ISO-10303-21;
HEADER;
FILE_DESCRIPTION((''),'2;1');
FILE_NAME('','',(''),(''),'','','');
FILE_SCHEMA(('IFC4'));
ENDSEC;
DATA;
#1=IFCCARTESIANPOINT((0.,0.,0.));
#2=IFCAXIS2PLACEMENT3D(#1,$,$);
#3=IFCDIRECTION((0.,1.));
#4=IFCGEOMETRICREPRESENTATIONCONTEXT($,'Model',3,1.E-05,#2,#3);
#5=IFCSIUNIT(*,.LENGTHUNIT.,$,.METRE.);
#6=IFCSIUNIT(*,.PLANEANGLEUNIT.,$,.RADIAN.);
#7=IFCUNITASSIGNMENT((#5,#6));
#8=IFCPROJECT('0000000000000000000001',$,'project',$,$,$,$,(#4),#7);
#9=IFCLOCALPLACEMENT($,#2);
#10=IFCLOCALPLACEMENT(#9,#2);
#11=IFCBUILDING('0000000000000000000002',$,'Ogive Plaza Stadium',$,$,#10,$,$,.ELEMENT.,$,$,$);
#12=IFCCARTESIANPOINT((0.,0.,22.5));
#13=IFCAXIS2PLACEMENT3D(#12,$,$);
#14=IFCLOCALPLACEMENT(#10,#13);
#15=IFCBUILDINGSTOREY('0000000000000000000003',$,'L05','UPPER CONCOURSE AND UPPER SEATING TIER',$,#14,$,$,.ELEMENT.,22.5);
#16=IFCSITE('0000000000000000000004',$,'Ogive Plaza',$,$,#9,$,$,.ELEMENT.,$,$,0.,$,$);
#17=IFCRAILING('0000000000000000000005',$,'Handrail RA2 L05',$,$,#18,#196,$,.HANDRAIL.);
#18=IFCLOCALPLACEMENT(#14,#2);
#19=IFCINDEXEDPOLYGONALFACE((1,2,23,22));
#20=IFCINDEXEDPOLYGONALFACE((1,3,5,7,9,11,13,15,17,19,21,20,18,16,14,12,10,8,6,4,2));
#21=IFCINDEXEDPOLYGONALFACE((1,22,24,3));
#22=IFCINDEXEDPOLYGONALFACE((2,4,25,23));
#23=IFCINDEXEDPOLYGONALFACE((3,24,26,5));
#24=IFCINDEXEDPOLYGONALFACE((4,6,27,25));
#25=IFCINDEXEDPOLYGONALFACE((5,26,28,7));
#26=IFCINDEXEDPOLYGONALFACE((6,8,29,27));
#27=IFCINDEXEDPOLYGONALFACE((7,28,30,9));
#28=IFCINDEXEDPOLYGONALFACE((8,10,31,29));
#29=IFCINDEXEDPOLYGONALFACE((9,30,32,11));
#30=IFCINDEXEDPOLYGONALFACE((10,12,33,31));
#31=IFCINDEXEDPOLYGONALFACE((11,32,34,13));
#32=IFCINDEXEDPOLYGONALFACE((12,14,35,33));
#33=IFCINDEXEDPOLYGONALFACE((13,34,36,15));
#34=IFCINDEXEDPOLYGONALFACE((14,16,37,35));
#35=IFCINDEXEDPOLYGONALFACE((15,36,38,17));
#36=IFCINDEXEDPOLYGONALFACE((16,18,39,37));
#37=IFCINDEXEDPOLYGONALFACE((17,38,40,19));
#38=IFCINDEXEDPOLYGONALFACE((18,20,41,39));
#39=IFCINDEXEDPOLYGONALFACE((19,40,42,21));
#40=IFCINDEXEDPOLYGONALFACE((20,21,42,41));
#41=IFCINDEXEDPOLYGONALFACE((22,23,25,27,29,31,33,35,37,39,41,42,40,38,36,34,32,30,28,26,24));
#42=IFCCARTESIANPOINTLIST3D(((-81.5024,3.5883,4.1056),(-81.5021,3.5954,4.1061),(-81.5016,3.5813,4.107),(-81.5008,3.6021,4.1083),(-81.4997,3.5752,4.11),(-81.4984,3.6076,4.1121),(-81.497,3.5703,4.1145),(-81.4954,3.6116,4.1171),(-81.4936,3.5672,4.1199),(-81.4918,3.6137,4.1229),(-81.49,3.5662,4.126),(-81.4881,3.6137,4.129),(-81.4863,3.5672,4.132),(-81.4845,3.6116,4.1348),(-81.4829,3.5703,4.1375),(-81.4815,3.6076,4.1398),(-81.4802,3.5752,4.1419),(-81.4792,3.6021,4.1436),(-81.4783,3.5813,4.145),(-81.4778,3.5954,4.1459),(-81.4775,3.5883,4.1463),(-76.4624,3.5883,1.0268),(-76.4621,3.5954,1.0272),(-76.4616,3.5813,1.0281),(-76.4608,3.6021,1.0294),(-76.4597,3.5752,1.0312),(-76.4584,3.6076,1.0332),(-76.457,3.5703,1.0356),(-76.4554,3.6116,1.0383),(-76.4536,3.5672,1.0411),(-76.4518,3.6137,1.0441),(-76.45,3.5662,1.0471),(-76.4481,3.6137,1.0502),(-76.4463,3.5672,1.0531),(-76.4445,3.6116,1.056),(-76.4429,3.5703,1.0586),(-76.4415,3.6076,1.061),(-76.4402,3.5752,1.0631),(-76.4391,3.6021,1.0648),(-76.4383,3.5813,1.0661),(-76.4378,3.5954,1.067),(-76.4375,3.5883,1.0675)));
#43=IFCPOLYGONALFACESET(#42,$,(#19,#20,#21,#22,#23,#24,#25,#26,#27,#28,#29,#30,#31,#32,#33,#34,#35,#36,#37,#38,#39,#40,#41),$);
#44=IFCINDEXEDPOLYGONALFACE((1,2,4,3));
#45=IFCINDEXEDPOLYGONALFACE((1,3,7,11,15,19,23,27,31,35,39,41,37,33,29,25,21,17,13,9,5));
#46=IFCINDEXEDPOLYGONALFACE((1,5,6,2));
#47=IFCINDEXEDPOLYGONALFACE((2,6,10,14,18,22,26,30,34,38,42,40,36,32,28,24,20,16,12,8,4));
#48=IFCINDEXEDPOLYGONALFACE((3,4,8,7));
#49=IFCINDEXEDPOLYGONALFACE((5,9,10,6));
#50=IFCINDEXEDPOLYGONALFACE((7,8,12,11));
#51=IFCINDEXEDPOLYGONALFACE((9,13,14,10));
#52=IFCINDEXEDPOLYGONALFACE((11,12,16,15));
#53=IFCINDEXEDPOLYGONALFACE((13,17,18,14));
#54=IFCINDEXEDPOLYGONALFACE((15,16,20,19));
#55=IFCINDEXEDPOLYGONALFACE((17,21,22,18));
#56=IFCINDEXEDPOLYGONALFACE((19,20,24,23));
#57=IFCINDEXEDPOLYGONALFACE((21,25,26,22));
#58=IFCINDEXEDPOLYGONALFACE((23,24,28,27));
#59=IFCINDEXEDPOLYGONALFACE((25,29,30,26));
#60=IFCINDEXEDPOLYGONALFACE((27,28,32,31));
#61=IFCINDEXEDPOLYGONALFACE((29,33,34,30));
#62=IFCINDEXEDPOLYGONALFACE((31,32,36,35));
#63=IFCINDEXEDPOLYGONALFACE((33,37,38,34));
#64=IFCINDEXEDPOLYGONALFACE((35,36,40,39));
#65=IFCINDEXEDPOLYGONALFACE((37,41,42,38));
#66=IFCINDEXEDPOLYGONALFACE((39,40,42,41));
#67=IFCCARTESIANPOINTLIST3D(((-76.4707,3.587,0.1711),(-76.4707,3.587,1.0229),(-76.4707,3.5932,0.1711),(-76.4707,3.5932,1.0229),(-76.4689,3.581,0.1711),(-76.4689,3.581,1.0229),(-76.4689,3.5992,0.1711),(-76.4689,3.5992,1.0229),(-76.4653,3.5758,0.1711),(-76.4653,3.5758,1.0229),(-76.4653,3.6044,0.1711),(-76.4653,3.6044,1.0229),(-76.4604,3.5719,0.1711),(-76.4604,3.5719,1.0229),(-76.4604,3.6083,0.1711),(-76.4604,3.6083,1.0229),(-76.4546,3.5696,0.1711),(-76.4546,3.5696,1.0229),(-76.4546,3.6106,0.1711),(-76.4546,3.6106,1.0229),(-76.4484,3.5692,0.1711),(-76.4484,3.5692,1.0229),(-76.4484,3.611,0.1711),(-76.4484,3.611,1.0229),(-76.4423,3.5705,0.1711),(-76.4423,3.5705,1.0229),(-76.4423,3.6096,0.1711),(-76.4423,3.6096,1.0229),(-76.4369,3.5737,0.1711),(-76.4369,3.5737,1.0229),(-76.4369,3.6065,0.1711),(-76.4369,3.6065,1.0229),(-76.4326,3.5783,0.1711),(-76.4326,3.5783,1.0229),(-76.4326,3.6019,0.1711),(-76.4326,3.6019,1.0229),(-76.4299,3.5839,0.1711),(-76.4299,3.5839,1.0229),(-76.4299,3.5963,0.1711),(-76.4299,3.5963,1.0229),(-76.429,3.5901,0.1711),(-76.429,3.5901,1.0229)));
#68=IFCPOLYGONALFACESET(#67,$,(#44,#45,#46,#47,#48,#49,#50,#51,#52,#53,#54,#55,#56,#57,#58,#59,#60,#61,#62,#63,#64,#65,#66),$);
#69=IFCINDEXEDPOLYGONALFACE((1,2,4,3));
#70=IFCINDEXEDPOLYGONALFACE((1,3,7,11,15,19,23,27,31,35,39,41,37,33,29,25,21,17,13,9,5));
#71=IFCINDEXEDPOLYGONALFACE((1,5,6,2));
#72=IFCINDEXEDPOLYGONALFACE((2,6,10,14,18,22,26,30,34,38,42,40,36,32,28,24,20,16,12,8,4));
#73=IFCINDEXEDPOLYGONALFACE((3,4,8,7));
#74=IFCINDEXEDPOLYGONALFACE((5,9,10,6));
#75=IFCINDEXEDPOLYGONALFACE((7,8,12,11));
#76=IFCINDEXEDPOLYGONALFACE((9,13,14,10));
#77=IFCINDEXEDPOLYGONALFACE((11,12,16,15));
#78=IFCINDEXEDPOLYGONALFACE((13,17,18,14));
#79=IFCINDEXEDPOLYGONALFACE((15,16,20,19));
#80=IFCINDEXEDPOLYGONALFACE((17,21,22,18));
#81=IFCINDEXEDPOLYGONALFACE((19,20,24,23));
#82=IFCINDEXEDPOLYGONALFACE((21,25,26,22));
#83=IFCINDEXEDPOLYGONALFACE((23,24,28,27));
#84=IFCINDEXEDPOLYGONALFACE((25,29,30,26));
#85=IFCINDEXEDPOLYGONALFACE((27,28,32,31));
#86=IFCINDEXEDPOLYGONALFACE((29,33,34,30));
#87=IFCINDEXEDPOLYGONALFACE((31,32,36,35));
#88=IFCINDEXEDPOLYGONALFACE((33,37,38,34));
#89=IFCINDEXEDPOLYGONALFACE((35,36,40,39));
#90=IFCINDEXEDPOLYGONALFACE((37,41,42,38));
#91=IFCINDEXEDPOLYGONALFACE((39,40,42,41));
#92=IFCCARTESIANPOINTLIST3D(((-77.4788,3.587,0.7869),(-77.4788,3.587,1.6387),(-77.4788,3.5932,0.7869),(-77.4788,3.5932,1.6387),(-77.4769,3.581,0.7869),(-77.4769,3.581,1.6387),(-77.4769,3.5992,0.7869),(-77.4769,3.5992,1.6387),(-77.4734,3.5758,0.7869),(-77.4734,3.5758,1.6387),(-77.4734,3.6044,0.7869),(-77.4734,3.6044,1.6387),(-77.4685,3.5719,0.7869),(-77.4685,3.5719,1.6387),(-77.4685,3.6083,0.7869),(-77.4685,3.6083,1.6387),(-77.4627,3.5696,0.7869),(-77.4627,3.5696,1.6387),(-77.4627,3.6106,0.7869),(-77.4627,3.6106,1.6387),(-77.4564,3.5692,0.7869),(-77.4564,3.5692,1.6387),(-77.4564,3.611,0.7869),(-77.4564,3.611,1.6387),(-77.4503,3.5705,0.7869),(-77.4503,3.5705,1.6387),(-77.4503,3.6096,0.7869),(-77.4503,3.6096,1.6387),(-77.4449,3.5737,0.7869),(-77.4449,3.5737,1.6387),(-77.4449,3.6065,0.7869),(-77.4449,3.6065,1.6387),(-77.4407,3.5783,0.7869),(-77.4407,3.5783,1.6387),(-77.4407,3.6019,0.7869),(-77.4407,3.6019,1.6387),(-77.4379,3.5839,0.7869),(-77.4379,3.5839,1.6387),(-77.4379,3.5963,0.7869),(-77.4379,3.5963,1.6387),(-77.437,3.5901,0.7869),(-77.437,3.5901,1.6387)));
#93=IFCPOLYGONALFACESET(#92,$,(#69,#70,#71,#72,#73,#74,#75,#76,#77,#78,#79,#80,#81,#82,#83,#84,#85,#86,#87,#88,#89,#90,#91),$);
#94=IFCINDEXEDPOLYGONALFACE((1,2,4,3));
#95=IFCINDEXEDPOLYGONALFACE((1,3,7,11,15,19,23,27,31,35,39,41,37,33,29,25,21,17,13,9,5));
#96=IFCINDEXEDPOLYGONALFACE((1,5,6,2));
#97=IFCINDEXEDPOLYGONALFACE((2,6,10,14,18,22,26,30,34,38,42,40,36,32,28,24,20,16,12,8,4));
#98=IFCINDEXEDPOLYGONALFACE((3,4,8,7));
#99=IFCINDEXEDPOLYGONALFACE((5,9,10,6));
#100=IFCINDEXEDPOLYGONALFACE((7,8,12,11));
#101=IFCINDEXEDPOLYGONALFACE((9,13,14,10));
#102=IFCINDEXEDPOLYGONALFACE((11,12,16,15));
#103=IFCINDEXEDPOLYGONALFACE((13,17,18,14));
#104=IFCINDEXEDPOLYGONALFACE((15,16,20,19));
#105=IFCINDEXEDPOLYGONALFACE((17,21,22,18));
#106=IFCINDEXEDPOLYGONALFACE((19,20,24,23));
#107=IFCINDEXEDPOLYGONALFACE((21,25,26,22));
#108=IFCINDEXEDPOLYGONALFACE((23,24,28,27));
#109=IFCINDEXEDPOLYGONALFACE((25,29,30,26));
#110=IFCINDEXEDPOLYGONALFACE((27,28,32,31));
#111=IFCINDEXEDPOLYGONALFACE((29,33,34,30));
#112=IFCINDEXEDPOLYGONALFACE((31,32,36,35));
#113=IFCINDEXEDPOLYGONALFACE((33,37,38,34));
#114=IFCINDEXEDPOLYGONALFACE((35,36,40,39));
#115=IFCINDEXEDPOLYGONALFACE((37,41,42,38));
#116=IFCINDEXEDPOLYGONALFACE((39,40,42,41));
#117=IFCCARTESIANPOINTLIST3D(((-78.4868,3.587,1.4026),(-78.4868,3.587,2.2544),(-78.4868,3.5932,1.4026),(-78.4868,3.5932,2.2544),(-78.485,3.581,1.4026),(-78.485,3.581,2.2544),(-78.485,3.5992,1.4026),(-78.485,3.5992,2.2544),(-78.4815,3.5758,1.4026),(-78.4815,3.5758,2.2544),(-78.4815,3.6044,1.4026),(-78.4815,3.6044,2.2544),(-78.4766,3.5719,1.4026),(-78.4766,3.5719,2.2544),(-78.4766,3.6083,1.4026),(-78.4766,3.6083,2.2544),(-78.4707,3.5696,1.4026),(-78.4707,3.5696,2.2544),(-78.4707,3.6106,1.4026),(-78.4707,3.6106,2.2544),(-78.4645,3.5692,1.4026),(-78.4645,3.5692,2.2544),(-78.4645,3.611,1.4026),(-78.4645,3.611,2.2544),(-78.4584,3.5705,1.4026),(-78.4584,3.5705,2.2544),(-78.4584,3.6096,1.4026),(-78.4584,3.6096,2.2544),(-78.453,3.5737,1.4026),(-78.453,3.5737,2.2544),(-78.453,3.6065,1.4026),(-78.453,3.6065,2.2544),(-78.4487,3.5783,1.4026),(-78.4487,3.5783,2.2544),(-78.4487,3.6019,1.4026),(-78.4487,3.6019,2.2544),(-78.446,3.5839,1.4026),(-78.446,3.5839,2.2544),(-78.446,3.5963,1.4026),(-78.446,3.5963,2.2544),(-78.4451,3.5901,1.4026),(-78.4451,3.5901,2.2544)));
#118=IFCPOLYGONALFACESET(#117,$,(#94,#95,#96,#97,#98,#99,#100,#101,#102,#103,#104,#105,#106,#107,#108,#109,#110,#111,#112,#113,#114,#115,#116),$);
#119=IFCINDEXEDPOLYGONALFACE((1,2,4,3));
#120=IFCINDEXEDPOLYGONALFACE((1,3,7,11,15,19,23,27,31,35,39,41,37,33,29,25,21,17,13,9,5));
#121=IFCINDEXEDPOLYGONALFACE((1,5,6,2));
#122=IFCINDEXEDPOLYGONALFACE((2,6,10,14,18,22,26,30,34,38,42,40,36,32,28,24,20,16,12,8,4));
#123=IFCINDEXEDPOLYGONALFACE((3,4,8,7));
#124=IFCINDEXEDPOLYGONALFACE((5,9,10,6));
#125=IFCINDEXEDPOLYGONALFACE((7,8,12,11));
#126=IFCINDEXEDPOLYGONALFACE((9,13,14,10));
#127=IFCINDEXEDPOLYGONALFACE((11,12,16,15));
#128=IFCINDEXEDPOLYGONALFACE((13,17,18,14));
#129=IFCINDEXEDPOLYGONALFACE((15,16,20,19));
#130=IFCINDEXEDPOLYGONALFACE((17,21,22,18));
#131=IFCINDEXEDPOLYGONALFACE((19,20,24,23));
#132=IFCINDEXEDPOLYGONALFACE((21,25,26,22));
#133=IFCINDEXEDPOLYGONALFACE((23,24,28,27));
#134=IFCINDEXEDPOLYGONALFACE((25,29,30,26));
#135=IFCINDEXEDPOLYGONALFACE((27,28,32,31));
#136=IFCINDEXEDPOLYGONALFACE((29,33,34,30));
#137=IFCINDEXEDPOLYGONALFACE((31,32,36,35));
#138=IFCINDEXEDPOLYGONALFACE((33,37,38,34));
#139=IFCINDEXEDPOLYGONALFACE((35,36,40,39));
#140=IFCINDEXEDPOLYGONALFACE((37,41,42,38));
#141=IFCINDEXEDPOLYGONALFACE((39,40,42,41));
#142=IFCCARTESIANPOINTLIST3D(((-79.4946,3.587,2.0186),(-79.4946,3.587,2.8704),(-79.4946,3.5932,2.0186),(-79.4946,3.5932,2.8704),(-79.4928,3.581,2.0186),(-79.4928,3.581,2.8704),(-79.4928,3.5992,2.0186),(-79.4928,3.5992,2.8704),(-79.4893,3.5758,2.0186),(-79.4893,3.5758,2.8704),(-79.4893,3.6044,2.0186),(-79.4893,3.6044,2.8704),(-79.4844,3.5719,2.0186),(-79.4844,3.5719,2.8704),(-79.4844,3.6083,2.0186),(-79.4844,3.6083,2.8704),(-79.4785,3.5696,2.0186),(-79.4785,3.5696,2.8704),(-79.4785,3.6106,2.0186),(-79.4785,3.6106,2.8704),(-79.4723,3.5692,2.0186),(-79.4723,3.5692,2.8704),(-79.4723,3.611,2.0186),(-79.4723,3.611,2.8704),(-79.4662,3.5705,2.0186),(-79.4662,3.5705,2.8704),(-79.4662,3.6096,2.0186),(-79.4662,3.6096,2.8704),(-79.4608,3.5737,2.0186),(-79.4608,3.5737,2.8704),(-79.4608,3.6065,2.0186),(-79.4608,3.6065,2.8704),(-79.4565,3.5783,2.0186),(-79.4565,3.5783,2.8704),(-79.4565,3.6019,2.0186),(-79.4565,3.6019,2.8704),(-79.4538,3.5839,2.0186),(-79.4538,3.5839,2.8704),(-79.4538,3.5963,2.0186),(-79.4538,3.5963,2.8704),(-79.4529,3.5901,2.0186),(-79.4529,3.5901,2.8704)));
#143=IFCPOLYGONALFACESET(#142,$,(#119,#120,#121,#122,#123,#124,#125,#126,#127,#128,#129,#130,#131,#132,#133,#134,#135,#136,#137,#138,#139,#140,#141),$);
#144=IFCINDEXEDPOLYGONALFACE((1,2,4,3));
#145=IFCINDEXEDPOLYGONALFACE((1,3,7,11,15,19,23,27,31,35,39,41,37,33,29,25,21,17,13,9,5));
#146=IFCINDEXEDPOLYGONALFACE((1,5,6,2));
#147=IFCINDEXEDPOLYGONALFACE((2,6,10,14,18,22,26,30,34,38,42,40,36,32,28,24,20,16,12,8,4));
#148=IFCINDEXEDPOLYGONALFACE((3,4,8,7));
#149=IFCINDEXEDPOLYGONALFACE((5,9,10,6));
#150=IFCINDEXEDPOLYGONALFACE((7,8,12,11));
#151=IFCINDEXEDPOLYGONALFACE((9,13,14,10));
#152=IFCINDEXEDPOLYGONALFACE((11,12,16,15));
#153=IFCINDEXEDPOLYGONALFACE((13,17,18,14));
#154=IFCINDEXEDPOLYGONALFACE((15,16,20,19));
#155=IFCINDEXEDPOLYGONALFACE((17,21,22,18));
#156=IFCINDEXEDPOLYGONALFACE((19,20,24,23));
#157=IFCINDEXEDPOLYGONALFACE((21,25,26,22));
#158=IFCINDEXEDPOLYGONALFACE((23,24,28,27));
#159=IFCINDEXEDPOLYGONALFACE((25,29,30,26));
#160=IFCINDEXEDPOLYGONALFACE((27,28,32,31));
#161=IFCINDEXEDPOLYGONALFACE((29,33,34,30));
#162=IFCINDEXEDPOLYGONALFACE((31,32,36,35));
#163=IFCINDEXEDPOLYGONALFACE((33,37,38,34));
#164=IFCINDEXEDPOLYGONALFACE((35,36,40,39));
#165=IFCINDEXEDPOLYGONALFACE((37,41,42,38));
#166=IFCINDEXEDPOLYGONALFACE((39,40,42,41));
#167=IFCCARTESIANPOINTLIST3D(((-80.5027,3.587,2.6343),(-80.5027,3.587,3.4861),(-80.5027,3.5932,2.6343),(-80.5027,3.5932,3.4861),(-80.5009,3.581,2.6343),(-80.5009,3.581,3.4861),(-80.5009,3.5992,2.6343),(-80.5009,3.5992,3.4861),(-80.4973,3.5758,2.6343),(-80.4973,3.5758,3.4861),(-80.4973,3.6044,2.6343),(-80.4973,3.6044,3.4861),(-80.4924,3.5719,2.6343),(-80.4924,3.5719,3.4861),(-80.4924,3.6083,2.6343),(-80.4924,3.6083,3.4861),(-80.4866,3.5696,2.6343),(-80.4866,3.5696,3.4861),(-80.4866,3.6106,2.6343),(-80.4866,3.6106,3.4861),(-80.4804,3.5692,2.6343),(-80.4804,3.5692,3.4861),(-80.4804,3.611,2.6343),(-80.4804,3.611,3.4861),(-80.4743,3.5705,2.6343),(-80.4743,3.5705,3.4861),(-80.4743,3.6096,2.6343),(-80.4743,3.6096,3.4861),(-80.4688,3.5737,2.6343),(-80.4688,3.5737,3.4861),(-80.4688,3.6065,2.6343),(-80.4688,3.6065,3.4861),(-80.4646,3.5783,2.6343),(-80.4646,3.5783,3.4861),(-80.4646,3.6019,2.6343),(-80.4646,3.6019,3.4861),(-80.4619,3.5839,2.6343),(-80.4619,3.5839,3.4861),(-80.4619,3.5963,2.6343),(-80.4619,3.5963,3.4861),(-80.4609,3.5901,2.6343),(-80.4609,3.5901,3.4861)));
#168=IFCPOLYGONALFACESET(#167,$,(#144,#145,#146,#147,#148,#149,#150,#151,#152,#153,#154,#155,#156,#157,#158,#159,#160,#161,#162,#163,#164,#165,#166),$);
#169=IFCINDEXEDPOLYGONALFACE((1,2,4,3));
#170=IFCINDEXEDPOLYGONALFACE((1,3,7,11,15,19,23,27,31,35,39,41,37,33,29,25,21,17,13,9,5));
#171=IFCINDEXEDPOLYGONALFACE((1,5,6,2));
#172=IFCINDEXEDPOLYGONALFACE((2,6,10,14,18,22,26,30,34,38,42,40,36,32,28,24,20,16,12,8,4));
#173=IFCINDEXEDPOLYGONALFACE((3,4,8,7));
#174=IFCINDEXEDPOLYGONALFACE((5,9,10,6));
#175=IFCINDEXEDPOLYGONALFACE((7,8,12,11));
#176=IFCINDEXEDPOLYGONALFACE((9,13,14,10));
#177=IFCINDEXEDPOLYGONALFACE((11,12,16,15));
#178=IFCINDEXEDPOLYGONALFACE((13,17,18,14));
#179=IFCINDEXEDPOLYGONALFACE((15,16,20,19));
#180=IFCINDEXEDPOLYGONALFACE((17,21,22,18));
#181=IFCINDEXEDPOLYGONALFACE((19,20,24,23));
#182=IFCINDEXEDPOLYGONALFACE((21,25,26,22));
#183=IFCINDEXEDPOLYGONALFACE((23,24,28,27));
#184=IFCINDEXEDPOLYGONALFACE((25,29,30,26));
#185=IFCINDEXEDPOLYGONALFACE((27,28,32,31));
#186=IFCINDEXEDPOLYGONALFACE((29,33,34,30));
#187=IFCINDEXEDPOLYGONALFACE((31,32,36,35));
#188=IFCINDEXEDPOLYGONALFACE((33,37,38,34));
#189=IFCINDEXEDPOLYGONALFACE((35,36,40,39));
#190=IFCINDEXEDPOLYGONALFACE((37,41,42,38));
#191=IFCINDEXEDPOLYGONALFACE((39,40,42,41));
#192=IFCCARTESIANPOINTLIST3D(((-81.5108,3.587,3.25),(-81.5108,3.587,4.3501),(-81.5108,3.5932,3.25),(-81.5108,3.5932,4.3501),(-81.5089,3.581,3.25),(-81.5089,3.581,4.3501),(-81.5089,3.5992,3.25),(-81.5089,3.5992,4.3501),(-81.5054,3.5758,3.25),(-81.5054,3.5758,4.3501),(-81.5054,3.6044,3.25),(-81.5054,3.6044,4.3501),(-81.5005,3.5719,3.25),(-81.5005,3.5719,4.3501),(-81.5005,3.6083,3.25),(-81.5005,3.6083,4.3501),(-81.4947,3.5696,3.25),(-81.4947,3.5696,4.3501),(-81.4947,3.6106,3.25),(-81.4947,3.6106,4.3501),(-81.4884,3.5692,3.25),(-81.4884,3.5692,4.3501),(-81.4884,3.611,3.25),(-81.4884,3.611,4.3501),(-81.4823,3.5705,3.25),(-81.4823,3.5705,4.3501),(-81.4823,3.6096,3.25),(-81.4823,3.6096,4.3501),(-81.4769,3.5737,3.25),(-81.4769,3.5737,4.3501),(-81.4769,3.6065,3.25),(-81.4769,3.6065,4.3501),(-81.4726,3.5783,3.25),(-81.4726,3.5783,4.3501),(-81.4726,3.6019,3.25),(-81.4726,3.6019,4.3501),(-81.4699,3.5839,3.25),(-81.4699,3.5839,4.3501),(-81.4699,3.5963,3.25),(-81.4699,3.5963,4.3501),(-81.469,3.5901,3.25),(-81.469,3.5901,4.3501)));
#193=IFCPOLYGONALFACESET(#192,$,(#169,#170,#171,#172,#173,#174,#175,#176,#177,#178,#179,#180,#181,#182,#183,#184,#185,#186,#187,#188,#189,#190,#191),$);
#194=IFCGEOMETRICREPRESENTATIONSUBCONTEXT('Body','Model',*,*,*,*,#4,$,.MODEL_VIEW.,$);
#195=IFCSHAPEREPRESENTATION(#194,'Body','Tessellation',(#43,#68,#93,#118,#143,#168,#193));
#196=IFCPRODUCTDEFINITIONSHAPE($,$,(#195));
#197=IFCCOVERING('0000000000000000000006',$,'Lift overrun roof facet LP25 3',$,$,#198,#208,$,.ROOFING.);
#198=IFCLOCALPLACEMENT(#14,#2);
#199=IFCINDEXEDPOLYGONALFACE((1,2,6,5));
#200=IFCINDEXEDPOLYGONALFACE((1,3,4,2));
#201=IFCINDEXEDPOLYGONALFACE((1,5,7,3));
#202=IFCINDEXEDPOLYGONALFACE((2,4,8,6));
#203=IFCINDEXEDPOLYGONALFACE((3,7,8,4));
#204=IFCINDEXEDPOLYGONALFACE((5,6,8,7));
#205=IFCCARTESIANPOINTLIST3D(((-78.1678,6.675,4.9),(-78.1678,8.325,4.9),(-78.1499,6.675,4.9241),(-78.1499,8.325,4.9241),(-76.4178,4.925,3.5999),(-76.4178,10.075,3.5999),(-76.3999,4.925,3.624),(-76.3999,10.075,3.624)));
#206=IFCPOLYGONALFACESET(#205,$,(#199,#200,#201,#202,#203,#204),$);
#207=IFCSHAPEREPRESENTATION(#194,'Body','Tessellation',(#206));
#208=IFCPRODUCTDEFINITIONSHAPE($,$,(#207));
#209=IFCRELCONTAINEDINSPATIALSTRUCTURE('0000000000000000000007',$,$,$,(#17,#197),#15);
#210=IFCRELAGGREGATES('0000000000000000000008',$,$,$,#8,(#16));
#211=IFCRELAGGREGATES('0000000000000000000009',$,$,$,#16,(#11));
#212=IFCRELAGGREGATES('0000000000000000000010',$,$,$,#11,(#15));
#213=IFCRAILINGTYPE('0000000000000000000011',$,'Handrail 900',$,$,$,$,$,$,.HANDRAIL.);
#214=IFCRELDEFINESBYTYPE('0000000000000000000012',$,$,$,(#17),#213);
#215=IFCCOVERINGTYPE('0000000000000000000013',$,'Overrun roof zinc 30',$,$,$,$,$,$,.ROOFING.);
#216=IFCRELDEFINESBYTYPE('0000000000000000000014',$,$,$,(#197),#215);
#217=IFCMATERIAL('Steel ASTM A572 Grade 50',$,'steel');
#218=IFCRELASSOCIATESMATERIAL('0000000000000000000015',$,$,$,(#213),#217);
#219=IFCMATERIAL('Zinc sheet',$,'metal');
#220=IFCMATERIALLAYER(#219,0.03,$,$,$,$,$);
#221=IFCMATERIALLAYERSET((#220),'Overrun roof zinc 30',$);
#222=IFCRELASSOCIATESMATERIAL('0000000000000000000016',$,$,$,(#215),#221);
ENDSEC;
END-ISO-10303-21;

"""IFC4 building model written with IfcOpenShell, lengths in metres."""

from ifc_helpers import new_model, si_unit, direction, frame, origin, origin_2d, place, context, subcontext, project, spatial, polyline, circle, outline, extrude, material, layer, layer_set, type_object, element, save


model = new_model("IFC4")

# Units and contexts
model_context = context("Model", 3, precision=1e-05, world=origin(), true_north=direction((0.0, 1.0)))
body_context = subcontext(model_context, "Body", "Model", "MODEL_VIEW")
ifc_project = project(units=[si_unit("LENGTHUNIT", "METRE"), si_unit("PLANEANGLEUNIT", "RADIAN")], contexts=[model_context])

# Site, building, storey
site_placement = place(None, origin())
site = spatial("IfcSite", under=ifc_project, at=site_placement, Name="Ogive Plaza", CompositionType="ELEMENT", RefElevation=0.0)
building_placement = place(site_placement, origin())
building = spatial("IfcBuilding", under=site, at=building_placement, Name="Ogive Plaza Stadium", CompositionType="ELEMENT")
storey_placement = place(building_placement, frame((0.0, 0.0, 22.5)))
storey = spatial("IfcBuildingStorey", under=building, at=storey_placement, Name="L05", Description="UPPER CONCOURSE AND UPPER SEATING TIER", CompositionType="ELEMENT", Elevation=22.5)

# Railing
ifc_material_1 = material(Name="Steel ASTM A572 Grade 50", Category="steel")
railing_type_1 = type_object("IfcRailingType", Name="Handrail 900", PredefinedType="HANDRAIL", material=ifc_material_1)
for number, where, name in (
    (1, (-76.45, 3.5901, 0.1711), "Handrail RA2 L05"),
):
    element("IfcRailing", number, at=place(storey_placement, frame(where)), inside=storey, type_object=railing_type_1, Name=name, PredefinedType="HANDRAIL", context=body_context, shape_type="SweptSolid", body=[
        extrude(circle(Radius=0.0239, at=origin_2d()), frame((0.0, 0.0, 0.876), z_axis=(-0.85337, 0.0, 0.521306), x_axis=(0.0, -1.0, 0.0)), (0.0, 0.0, 1.0), 5.906),
        extrude(circle(Radius=0.021, at=origin_2d()), origin(), (0.0, 0.0, 1.0), 0.8518),
        extrude(circle(Radius=0.021, at=origin_2d()), frame((-1.0081, 0.0, 0.6157)), (0.0, 0.0, 1.0), 0.8518),
        extrude(circle(Radius=0.021, at=origin_2d()), frame((-2.0161, 0.0, 1.2314)), (0.0, 0.0, 1.0), 0.8518),
        extrude(circle(Radius=0.021, at=origin_2d()), frame((-3.0239, 0.0, 1.8474)), (0.0, 0.0, 1.0), 0.8518),
        extrude(circle(Radius=0.021, at=origin_2d()), frame((-4.032, 0.0, 2.4631)), (0.0, 0.0, 1.0), 0.8518),
        extrude(circle(Radius=0.021, at=origin_2d()), frame((-5.04, 0.0, 3.0789)), (0.0, 0.0, 1.0), 1.1001),
    ])

# Covering
ifc_material_2 = material(Name="Zinc sheet", Category="metal")
ifc_layer_1 = layer(ifc_material_2, 0.03)
ifc_layer_set_1 = layer_set([ifc_layer_1], Name="Overrun roof zinc 30")
covering_type = type_object("IfcCoveringType", Name="Overrun roof zinc 30", PredefinedType="ROOFING", material=ifc_layer_set_1)
covering_1_placement = place(storey_placement, frame((-76.3999, 4.925, 3.624), z_axis=(0.596338, 0.0, 0.802733), x_axis=(0.0, 1.0, 0.0)))
element("IfcCovering", 2, at=covering_1_placement, inside=storey, type_object=covering_type, Name="Lift overrun roof facet LP25 3", PredefinedType="ROOFING", context=body_context, shape_type="SweptSolid", body=[
    extrude(outline(polyline([(0.0, 0.0), (5.1499, 0.0), (3.3999, 2.1801), (1.75, 2.1801), (0.0, 0.0)])), origin(), (0.0, 0.0, -1.0), 0.03),
])

save(model, "model.ifc")
